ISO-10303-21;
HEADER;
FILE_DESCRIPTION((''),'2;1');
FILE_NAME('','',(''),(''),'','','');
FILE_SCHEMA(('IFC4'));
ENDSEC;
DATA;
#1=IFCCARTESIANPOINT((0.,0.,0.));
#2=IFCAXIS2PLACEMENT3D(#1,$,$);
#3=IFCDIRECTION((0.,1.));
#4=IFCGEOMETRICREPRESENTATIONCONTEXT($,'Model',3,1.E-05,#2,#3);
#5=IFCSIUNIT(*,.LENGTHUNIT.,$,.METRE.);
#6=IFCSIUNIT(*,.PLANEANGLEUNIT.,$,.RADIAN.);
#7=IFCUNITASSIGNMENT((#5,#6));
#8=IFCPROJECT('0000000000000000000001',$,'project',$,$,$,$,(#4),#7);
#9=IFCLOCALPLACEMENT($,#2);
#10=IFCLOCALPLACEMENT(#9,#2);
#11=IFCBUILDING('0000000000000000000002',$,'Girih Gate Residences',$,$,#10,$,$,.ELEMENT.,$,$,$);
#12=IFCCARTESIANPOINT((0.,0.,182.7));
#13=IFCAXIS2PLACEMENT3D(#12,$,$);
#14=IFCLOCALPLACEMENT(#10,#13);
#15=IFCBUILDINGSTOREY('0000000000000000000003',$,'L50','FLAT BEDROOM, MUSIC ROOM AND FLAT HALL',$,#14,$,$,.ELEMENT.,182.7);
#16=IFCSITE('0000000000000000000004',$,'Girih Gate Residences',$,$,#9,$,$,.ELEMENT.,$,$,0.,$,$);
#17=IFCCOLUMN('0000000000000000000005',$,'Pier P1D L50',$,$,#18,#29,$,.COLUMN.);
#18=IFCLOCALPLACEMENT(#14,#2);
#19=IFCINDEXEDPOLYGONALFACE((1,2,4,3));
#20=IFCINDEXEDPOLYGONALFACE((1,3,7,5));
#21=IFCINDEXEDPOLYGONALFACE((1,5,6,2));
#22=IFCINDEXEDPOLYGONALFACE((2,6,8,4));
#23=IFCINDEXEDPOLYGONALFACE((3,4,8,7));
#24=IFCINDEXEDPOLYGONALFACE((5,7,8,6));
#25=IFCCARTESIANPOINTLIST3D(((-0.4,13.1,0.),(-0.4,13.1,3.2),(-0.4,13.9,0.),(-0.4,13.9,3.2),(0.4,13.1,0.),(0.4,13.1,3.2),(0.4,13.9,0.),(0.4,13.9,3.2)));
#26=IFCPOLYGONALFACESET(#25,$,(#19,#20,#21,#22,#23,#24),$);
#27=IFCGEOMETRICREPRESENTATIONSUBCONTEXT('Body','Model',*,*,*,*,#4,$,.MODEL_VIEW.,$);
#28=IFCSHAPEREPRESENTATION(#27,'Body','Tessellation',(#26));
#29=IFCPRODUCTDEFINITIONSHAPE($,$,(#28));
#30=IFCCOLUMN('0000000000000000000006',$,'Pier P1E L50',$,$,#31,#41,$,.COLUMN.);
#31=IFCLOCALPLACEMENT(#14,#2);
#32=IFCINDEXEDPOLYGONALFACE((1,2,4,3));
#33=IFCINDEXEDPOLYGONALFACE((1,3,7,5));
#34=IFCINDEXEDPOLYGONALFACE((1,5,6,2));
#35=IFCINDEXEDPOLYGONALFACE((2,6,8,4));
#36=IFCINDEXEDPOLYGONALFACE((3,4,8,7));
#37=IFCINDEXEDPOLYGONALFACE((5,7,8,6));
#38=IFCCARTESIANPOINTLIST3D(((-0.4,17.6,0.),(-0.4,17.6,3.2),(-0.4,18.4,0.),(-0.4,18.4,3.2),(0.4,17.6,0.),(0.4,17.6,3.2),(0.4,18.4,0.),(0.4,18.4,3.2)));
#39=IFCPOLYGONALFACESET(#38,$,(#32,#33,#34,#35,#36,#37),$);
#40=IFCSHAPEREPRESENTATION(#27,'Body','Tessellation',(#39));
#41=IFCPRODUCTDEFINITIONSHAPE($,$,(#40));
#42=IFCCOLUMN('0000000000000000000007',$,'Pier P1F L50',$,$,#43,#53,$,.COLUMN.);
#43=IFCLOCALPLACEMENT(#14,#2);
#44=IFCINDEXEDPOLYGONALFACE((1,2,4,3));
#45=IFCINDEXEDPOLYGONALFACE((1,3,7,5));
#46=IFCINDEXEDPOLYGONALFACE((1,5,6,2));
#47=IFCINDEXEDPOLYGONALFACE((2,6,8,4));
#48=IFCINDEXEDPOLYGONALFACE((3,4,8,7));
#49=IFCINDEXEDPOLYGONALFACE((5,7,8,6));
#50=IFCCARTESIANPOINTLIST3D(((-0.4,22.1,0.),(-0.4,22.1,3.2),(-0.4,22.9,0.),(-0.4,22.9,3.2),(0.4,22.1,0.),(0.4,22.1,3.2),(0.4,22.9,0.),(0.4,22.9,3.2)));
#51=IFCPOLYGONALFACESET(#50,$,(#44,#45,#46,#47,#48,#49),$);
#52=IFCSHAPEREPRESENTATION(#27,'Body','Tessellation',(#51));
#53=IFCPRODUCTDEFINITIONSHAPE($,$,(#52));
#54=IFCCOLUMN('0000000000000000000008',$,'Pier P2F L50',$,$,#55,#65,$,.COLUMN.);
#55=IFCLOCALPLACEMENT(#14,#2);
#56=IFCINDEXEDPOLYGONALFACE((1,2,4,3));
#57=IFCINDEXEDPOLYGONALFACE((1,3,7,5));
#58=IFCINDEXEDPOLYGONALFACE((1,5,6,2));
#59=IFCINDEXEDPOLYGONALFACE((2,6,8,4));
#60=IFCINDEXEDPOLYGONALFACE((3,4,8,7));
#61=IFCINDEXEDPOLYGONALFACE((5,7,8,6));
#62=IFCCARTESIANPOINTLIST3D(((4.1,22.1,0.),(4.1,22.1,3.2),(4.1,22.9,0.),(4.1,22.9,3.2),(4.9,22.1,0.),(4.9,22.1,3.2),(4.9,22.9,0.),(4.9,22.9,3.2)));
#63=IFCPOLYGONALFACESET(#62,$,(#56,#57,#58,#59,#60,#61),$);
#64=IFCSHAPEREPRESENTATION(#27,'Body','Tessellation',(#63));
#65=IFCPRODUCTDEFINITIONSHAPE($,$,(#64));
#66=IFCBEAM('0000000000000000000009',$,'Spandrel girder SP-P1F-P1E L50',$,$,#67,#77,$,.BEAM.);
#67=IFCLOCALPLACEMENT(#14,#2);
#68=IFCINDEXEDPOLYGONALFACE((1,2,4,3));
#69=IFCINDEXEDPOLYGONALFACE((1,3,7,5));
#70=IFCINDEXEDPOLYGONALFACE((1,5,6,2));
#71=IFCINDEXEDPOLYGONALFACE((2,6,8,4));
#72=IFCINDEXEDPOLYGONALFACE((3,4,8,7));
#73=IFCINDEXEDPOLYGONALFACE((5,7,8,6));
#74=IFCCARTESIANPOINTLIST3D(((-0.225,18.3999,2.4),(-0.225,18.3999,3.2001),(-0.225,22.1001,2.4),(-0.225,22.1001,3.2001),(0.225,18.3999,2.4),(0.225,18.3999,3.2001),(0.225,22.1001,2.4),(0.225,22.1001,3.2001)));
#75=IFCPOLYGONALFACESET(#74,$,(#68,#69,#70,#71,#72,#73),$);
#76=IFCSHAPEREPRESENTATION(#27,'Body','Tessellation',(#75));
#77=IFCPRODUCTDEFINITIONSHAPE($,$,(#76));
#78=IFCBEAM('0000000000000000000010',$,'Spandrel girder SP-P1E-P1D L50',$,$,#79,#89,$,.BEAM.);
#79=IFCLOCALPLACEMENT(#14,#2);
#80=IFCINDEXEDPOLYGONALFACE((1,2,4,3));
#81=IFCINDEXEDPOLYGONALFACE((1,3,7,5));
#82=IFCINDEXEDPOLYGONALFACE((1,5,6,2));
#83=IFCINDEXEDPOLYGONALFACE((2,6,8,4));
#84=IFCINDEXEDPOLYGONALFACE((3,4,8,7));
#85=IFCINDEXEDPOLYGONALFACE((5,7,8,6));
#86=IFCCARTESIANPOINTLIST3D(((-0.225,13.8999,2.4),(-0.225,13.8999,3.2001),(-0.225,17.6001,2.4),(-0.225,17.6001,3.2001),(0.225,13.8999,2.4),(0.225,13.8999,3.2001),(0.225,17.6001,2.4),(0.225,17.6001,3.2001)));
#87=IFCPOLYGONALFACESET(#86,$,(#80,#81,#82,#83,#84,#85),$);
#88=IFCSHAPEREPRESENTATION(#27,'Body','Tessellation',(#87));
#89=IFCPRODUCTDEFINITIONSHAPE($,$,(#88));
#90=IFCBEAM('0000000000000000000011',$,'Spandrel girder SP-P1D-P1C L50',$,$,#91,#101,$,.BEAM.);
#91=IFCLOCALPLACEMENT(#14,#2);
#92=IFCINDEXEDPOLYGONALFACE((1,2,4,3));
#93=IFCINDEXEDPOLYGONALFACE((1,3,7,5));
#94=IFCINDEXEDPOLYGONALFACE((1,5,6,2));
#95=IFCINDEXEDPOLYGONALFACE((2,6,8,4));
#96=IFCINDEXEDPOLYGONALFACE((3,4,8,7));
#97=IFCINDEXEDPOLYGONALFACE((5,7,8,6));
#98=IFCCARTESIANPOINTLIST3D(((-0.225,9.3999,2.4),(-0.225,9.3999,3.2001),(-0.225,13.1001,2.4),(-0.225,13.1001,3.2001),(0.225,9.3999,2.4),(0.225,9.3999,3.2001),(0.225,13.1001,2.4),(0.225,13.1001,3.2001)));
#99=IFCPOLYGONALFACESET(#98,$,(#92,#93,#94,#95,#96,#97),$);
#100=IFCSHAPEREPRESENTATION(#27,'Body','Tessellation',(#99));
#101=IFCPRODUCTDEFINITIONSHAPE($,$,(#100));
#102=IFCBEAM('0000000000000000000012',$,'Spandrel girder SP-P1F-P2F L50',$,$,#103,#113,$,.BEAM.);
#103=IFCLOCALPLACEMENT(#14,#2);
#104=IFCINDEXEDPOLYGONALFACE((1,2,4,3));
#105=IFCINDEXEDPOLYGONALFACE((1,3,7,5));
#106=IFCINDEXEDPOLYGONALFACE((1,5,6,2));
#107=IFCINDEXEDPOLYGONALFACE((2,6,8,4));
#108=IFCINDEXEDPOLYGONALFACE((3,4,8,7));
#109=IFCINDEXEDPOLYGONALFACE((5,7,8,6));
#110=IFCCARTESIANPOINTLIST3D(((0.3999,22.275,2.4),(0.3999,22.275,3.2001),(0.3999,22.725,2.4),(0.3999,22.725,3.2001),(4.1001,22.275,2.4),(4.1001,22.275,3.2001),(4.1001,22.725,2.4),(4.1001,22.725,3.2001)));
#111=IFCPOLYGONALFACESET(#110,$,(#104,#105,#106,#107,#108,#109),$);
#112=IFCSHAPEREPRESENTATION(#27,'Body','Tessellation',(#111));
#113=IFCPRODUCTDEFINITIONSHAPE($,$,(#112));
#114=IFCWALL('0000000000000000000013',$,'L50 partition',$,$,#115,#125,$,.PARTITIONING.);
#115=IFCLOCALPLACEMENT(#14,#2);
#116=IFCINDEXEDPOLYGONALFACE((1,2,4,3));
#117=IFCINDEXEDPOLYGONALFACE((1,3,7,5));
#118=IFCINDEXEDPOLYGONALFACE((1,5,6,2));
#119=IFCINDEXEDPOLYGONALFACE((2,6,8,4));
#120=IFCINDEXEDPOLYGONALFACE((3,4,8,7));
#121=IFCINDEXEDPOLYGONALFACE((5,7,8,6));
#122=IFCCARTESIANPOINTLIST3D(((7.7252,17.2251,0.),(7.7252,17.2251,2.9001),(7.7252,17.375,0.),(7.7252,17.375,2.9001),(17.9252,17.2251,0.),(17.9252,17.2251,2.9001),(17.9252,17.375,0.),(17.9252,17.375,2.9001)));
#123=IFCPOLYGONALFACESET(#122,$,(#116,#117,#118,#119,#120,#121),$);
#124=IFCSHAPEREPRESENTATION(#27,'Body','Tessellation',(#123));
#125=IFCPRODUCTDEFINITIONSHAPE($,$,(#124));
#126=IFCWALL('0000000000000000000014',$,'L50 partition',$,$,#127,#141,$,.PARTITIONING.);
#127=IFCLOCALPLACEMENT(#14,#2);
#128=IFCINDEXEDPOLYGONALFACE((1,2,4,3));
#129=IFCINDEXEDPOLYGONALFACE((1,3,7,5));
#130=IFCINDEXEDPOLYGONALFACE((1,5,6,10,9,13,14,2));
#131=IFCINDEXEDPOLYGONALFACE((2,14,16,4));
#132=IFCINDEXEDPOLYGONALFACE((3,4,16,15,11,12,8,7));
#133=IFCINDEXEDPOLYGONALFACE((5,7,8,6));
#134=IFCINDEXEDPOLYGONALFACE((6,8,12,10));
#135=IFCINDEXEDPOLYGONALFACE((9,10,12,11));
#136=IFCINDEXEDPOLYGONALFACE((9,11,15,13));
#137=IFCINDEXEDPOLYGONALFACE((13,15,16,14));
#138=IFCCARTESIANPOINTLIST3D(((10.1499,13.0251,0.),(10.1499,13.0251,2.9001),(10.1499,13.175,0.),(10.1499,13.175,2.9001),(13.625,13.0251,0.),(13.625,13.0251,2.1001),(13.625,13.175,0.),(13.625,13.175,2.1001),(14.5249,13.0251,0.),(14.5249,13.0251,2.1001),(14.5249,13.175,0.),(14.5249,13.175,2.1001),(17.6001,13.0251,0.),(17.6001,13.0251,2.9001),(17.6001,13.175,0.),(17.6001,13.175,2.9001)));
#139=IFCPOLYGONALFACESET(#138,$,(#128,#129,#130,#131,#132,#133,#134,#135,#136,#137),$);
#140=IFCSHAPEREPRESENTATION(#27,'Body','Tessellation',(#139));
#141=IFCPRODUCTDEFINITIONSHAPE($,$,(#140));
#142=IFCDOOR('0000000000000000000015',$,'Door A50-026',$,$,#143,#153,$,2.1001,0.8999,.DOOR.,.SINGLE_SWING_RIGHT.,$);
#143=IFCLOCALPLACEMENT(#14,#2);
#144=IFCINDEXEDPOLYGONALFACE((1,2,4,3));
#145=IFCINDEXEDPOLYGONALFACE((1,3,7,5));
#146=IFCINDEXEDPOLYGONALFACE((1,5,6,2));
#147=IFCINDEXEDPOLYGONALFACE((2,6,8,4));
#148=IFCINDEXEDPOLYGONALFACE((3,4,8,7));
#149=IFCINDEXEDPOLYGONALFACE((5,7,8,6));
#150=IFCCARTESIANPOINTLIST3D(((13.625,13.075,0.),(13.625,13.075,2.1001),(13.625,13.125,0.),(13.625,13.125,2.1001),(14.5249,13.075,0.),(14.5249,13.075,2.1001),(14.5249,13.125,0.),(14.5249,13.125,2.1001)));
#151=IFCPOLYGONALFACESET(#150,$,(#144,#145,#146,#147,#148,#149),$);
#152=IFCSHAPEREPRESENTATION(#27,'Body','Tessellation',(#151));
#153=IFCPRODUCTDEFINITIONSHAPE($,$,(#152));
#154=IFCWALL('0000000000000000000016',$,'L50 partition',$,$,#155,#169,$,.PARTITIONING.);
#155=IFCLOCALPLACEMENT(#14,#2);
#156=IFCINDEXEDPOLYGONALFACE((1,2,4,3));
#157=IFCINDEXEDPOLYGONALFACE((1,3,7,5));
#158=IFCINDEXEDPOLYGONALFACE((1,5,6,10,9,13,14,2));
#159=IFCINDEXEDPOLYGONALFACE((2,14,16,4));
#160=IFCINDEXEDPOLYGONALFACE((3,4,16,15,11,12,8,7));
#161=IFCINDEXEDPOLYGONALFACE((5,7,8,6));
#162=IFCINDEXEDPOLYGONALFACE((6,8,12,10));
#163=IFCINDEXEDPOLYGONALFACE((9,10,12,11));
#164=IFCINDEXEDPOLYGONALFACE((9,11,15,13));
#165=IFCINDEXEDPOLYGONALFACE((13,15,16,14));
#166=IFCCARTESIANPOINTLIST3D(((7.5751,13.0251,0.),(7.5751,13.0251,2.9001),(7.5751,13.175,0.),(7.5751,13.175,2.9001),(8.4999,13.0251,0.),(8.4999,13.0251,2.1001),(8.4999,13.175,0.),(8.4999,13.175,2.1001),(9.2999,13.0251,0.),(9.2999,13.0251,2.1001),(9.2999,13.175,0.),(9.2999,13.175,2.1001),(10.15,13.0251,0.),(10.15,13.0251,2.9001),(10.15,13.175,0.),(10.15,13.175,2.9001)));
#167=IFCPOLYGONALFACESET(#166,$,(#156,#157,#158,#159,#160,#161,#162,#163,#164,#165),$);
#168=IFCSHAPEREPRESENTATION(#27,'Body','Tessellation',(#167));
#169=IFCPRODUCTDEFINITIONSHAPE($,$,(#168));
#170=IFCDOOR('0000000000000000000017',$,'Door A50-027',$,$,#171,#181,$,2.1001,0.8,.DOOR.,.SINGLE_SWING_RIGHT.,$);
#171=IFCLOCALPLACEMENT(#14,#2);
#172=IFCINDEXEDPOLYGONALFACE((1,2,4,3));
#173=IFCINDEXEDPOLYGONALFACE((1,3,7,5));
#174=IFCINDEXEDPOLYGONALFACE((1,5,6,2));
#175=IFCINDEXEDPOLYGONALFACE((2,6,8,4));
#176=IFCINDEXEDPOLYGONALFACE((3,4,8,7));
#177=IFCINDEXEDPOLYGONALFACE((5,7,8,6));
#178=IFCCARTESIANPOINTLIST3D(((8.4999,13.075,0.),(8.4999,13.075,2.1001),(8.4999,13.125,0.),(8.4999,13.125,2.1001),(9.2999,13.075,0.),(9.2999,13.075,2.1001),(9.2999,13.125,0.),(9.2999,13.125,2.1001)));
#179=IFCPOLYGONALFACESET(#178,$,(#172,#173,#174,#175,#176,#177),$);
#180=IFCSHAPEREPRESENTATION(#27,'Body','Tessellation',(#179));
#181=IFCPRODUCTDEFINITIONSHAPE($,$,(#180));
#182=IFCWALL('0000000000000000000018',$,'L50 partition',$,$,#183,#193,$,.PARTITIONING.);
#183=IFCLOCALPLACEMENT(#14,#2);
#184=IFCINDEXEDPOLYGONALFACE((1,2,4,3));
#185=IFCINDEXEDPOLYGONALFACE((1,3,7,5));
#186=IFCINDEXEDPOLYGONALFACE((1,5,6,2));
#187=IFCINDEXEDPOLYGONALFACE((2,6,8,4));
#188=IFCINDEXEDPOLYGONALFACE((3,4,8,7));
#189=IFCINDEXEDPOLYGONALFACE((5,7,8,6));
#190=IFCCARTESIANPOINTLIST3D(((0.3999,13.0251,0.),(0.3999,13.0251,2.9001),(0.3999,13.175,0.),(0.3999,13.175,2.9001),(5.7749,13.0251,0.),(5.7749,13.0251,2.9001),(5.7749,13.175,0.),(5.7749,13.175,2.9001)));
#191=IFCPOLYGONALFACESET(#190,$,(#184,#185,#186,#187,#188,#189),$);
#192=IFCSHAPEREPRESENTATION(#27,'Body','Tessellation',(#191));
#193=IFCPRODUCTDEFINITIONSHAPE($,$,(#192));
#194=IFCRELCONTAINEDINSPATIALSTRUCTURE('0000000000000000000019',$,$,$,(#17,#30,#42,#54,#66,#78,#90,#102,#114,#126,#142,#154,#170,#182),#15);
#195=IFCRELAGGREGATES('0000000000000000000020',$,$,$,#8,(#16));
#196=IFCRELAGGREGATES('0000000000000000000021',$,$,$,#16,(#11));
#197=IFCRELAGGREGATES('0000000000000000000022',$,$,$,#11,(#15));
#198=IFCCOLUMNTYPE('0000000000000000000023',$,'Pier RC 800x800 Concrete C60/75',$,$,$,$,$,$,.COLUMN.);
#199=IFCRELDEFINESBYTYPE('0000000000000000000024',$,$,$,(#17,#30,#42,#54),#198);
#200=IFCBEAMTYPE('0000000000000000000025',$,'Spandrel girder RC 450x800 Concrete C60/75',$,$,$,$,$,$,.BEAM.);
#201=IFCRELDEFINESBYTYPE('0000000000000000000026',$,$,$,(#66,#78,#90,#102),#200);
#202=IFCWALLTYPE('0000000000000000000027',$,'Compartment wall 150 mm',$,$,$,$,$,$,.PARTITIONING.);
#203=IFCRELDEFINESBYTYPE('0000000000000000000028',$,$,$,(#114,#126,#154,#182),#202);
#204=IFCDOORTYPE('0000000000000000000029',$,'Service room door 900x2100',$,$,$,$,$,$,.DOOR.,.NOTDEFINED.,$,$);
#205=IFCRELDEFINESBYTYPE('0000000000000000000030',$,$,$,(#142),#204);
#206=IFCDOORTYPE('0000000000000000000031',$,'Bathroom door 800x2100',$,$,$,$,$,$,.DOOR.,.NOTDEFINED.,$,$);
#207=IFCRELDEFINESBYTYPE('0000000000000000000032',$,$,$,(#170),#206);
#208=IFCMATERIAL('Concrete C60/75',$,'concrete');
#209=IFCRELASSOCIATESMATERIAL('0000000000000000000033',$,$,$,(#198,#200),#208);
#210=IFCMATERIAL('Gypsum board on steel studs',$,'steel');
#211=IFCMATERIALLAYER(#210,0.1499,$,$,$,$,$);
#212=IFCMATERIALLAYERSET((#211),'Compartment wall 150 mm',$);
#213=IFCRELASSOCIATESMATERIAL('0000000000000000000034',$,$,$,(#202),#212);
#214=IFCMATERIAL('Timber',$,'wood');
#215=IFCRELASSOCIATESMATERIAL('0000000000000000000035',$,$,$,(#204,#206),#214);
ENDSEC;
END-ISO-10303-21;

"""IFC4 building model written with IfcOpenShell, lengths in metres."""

from ifc_helpers import new_model, si_unit, direction, frame, frame_2d, origin, origin_2d, place, context, subcontext, project, spatial, rectangle, extrude, material, layer, layer_set, material_profile, profile_set, type_object, element, fill, save


model = new_model("IFC4")

# Units and contexts
model_context = context("Model", 3, precision=1e-05, world=origin(), true_north=direction((0.0, 1.0)))
body_context = subcontext(model_context, "Body", "Model", "MODEL_VIEW")
ifc_project = project(units=[si_unit("LENGTHUNIT", "METRE"), si_unit("PLANEANGLEUNIT", "RADIAN")], contexts=[model_context])

# Site, building, storey
site_placement = place(None, origin())
site = spatial("IfcSite", under=ifc_project, at=site_placement, Name="Girih Gate Residences", CompositionType="ELEMENT", RefElevation=0.0)
building_placement = place(site_placement, origin())
building = spatial("IfcBuilding", under=site, at=building_placement, Name="Girih Gate Residences", CompositionType="ELEMENT")
storey_placement = place(building_placement, frame((0.0, 0.0, 182.7)))
storey = spatial("IfcBuildingStorey", under=building, at=storey_placement, Name="L50", Description="FLAT BEDROOM, MUSIC ROOM AND FLAT HALL", CompositionType="ELEMENT", Elevation=182.7)

# Columns
ifc_material_1 = material(Name="Concrete C60/75", Category="concrete")
ifc_material_profile_1 = material_profile(ifc_material_1, rectangle(XDim=0.8, YDim=0.8, at=origin_2d()))
ifc_profile_set_1 = profile_set([ifc_material_profile_1], Name="Concrete C60/75")
column_type = type_object("IfcColumnType", Name="Pier RC 800x800 Concrete C60/75", PredefinedType="COLUMN", material=ifc_profile_set_1)
for number, where, z_axis, x_axis, name in (
    (1, (0.0, 13.5, 0.0), (0.0, 0.0, 1.0), (1.0, 0.0, 0.0), "Pier P1D L50"),
    (2, (0.0, 18.0, 0.0), (0.0, 0.0, 1.0), (1.0, 0.0, 0.0), "Pier P1E L50"),
    (3, (0.0, 22.5, 0.0), (0.0, 0.0, 1.0), (1.0, 0.0, 0.0), "Pier P1F L50"),
    (4, (4.5, 22.5, 0.0), (0.0, 0.0, 1.0), (1.0, 0.0, 0.0), "Pier P2F L50"),
):
    element("IfcColumn", number, at=place(storey_placement, frame(where, z_axis=z_axis, x_axis=x_axis)), inside=storey, type_object=column_type, Name=name, PredefinedType="COLUMN", context=body_context, shape_type="SweptSolid", body=[
        extrude(rectangle(XDim=0.8, YDim=0.8, at=origin_2d()), origin(), (0.0, 0.0, 1.0), 3.2),
    ])

# Beams
ifc_material_profile_2 = material_profile(ifc_material_1, rectangle(XDim=0.45, YDim=0.8, at=origin_2d()))
ifc_profile_set_2 = profile_set([ifc_material_profile_2], Name="Concrete C60/75")
beam_type = type_object("IfcBeamType", Name="Spandrel girder RC 450x800 Concrete C60/75", PredefinedType="BEAM", material=ifc_profile_set_2)
for number, where, z_axis, x_axis, name in (
    (5, (0.0, 22.1001, 2.8), (0.0, -1.0, 0.0), (1.0, 0.0, 0.0), "Spandrel girder SP-P1F-P1E L50"),
    (6, (0.0, 17.6001, 2.8), (0.0, -1.0, 0.0), (1.0, 0.0, 0.0), "Spandrel girder SP-P1E-P1D L50"),
    (7, (0.0, 13.1001, 2.8), (0.0, -1.0, 0.0), (1.0, 0.0, 0.0), "Spandrel girder SP-P1D-P1C L50"),
    (8, (0.3999, 22.5, 2.8), (1.0, 0.0, 0.0), (0.0, 1.0, 0.0), "Spandrel girder SP-P1F-P2F L50"),
):
    element("IfcBeam", number, at=place(storey_placement, frame(where, z_axis=z_axis, x_axis=x_axis)), inside=storey, type_object=beam_type, Name=name, PredefinedType="BEAM", context=body_context, shape_type="SweptSolid", body=[
        extrude(rectangle(XDim=0.45, YDim=0.8, at=origin_2d()), origin(), (0.0, 0.0, 1.0), 3.7002),
    ])

# Wall
ifc_material_2 = material(Name="Gypsum board on steel studs", Category="steel")
ifc_layer_1 = layer(ifc_material_2, 0.1499)
ifc_layer_set_1 = layer_set([ifc_layer_1], Name="Compartment wall 150 mm")
wall_type_1 = type_object("IfcWallType", Name="Compartment wall 150 mm", PredefinedType="PARTITIONING", material=ifc_layer_set_1)
wall_1_placement = place(storey_placement, frame((7.7251, 17.3, 0.0), z_axis=(0.0, 0.0, 1.0), x_axis=(1.0, 0.0, 0.0)))
element("IfcWall", 9, at=wall_1_placement, inside=storey, type_object=wall_type_1, Name="L50 partition", PredefinedType="PARTITIONING", context=body_context, shape_type="SweptSolid", body=[
    extrude(rectangle(XDim=10.2, YDim=0.1499, at=frame_2d((5.1001, 0.0))), origin(), (0.0, 0.0, 1.0), 2.9001),
])

# Walls, openings, doors
wall_2_placement = place(storey_placement, frame((10.1499, 13.1001, 0.0), z_axis=(0.0, 0.0, 1.0), x_axis=(1.0, 0.0, 0.0)))
wall_2 = element("IfcWall", 10, at=wall_2_placement, inside=storey, type_object=wall_type_1, Name="L50 partition", PredefinedType="PARTITIONING", context=body_context, shape_type="SweptSolid", body=[
    extrude(rectangle(XDim=7.4502, YDim=0.1499, at=frame_2d((3.7251, 0.0))), origin(), (0.0, 0.0, 1.0), 2.9001),
])
opening_1_placement = place(wall_2_placement, frame((3.4751, 0.0, 0.0)))
opening_1 = element("IfcOpeningElement", 11, at=opening_1_placement, cuts=wall_2, PredefinedType="OPENING", context=body_context, shape_type="SweptSolid", body=[
    extrude(rectangle(XDim=0.8999, YDim=2.1001, at=frame_2d((0.45, 1.05))), frame((0.0, 0.085, 0.0), z_axis=(0.0, -1.0, 0.0), x_axis=(1.0, 0.0, 0.0)), (0.0, 0.0, 1.0), 0.1699),
])
ifc_material_3 = material(Name="Timber", Category="wood")
door_type_1 = type_object("IfcDoorType", Name="Service room door 900x2100", OperationType="NOTDEFINED", PredefinedType="DOOR", material=ifc_material_3)
door_1_placement = place(opening_1_placement, origin())
door_1 = element("IfcDoor", 12, at=door_1_placement, inside=storey, type_object=door_type_1, Name="Door A50-026", OperationType="SINGLE_SWING_RIGHT", OverallHeight=2.1001, OverallWidth=0.8999, PredefinedType="DOOR", context=body_context, shape_type="SweptSolid", body=[
    extrude(rectangle(XDim=0.8999, YDim=2.1001, at=frame_2d((0.45, 1.05))), frame((0.0, 0.0249, 0.0), z_axis=(0.0, -1.0, 0.0), x_axis=(1.0, 0.0, 0.0)), (0.0, 0.0, 1.0), 0.05),
])
fill(opening_1, door_1)
wall_3_placement = place(storey_placement, frame((7.575, 13.1001, 0.0), z_axis=(0.0, 0.0, 1.0), x_axis=(1.0, 0.0, 0.0)))
wall_3 = element("IfcWall", 13, at=wall_3_placement, inside=storey, type_object=wall_type_1, Name="L50 partition", PredefinedType="PARTITIONING", context=body_context, shape_type="SweptSolid", body=[
    extrude(rectangle(XDim=2.575, YDim=0.1499, at=frame_2d((1.2876, 0.0))), origin(), (0.0, 0.0, 1.0), 2.9001),
])
opening_2_placement = place(wall_3_placement, frame((0.925, 0.0, 0.0)))
opening_2 = element("IfcOpeningElement", 14, at=opening_2_placement, cuts=wall_3, PredefinedType="OPENING", context=body_context, shape_type="SweptSolid", body=[
    extrude(rectangle(XDim=0.8, YDim=2.1001, at=frame_2d((0.3999, 1.05))), frame((0.0, 0.085, 0.0), z_axis=(0.0, -1.0, 0.0), x_axis=(1.0, 0.0, 0.0)), (0.0, 0.0, 1.0), 0.1699),
])
door_type_2 = type_object("IfcDoorType", Name="Bathroom door 800x2100", OperationType="NOTDEFINED", PredefinedType="DOOR", material=ifc_material_3)
door_2_placement = place(opening_2_placement, origin())
door_2 = element("IfcDoor", 15, at=door_2_placement, inside=storey, type_object=door_type_2, Name="Door A50-027", OperationType="SINGLE_SWING_RIGHT", OverallHeight=2.1001, OverallWidth=0.8, PredefinedType="DOOR", context=body_context, shape_type="SweptSolid", body=[
    extrude(rectangle(XDim=0.8, YDim=2.1001, at=frame_2d((0.3999, 1.05))), frame((0.0, 0.0249, 0.0), z_axis=(0.0, -1.0, 0.0), x_axis=(1.0, 0.0, 0.0)), (0.0, 0.0, 1.0), 0.05),
])
fill(opening_2, door_2)

# Wall
wall_4_placement = place(storey_placement, frame((0.3999, 13.1001, 0.0), z_axis=(0.0, 0.0, 1.0), x_axis=(1.0, 0.0, 0.0)))
element("IfcWall", 16, at=wall_4_placement, inside=storey, type_object=wall_type_1, Name="L50 partition", PredefinedType="PARTITIONING", context=body_context, shape_type="SweptSolid", body=[
    extrude(rectangle(XDim=5.375, YDim=0.1499, at=frame_2d((2.6875, 0.0))), origin(), (0.0, 0.0, 1.0), 2.9001),
])

save(model, "model.ifc")
